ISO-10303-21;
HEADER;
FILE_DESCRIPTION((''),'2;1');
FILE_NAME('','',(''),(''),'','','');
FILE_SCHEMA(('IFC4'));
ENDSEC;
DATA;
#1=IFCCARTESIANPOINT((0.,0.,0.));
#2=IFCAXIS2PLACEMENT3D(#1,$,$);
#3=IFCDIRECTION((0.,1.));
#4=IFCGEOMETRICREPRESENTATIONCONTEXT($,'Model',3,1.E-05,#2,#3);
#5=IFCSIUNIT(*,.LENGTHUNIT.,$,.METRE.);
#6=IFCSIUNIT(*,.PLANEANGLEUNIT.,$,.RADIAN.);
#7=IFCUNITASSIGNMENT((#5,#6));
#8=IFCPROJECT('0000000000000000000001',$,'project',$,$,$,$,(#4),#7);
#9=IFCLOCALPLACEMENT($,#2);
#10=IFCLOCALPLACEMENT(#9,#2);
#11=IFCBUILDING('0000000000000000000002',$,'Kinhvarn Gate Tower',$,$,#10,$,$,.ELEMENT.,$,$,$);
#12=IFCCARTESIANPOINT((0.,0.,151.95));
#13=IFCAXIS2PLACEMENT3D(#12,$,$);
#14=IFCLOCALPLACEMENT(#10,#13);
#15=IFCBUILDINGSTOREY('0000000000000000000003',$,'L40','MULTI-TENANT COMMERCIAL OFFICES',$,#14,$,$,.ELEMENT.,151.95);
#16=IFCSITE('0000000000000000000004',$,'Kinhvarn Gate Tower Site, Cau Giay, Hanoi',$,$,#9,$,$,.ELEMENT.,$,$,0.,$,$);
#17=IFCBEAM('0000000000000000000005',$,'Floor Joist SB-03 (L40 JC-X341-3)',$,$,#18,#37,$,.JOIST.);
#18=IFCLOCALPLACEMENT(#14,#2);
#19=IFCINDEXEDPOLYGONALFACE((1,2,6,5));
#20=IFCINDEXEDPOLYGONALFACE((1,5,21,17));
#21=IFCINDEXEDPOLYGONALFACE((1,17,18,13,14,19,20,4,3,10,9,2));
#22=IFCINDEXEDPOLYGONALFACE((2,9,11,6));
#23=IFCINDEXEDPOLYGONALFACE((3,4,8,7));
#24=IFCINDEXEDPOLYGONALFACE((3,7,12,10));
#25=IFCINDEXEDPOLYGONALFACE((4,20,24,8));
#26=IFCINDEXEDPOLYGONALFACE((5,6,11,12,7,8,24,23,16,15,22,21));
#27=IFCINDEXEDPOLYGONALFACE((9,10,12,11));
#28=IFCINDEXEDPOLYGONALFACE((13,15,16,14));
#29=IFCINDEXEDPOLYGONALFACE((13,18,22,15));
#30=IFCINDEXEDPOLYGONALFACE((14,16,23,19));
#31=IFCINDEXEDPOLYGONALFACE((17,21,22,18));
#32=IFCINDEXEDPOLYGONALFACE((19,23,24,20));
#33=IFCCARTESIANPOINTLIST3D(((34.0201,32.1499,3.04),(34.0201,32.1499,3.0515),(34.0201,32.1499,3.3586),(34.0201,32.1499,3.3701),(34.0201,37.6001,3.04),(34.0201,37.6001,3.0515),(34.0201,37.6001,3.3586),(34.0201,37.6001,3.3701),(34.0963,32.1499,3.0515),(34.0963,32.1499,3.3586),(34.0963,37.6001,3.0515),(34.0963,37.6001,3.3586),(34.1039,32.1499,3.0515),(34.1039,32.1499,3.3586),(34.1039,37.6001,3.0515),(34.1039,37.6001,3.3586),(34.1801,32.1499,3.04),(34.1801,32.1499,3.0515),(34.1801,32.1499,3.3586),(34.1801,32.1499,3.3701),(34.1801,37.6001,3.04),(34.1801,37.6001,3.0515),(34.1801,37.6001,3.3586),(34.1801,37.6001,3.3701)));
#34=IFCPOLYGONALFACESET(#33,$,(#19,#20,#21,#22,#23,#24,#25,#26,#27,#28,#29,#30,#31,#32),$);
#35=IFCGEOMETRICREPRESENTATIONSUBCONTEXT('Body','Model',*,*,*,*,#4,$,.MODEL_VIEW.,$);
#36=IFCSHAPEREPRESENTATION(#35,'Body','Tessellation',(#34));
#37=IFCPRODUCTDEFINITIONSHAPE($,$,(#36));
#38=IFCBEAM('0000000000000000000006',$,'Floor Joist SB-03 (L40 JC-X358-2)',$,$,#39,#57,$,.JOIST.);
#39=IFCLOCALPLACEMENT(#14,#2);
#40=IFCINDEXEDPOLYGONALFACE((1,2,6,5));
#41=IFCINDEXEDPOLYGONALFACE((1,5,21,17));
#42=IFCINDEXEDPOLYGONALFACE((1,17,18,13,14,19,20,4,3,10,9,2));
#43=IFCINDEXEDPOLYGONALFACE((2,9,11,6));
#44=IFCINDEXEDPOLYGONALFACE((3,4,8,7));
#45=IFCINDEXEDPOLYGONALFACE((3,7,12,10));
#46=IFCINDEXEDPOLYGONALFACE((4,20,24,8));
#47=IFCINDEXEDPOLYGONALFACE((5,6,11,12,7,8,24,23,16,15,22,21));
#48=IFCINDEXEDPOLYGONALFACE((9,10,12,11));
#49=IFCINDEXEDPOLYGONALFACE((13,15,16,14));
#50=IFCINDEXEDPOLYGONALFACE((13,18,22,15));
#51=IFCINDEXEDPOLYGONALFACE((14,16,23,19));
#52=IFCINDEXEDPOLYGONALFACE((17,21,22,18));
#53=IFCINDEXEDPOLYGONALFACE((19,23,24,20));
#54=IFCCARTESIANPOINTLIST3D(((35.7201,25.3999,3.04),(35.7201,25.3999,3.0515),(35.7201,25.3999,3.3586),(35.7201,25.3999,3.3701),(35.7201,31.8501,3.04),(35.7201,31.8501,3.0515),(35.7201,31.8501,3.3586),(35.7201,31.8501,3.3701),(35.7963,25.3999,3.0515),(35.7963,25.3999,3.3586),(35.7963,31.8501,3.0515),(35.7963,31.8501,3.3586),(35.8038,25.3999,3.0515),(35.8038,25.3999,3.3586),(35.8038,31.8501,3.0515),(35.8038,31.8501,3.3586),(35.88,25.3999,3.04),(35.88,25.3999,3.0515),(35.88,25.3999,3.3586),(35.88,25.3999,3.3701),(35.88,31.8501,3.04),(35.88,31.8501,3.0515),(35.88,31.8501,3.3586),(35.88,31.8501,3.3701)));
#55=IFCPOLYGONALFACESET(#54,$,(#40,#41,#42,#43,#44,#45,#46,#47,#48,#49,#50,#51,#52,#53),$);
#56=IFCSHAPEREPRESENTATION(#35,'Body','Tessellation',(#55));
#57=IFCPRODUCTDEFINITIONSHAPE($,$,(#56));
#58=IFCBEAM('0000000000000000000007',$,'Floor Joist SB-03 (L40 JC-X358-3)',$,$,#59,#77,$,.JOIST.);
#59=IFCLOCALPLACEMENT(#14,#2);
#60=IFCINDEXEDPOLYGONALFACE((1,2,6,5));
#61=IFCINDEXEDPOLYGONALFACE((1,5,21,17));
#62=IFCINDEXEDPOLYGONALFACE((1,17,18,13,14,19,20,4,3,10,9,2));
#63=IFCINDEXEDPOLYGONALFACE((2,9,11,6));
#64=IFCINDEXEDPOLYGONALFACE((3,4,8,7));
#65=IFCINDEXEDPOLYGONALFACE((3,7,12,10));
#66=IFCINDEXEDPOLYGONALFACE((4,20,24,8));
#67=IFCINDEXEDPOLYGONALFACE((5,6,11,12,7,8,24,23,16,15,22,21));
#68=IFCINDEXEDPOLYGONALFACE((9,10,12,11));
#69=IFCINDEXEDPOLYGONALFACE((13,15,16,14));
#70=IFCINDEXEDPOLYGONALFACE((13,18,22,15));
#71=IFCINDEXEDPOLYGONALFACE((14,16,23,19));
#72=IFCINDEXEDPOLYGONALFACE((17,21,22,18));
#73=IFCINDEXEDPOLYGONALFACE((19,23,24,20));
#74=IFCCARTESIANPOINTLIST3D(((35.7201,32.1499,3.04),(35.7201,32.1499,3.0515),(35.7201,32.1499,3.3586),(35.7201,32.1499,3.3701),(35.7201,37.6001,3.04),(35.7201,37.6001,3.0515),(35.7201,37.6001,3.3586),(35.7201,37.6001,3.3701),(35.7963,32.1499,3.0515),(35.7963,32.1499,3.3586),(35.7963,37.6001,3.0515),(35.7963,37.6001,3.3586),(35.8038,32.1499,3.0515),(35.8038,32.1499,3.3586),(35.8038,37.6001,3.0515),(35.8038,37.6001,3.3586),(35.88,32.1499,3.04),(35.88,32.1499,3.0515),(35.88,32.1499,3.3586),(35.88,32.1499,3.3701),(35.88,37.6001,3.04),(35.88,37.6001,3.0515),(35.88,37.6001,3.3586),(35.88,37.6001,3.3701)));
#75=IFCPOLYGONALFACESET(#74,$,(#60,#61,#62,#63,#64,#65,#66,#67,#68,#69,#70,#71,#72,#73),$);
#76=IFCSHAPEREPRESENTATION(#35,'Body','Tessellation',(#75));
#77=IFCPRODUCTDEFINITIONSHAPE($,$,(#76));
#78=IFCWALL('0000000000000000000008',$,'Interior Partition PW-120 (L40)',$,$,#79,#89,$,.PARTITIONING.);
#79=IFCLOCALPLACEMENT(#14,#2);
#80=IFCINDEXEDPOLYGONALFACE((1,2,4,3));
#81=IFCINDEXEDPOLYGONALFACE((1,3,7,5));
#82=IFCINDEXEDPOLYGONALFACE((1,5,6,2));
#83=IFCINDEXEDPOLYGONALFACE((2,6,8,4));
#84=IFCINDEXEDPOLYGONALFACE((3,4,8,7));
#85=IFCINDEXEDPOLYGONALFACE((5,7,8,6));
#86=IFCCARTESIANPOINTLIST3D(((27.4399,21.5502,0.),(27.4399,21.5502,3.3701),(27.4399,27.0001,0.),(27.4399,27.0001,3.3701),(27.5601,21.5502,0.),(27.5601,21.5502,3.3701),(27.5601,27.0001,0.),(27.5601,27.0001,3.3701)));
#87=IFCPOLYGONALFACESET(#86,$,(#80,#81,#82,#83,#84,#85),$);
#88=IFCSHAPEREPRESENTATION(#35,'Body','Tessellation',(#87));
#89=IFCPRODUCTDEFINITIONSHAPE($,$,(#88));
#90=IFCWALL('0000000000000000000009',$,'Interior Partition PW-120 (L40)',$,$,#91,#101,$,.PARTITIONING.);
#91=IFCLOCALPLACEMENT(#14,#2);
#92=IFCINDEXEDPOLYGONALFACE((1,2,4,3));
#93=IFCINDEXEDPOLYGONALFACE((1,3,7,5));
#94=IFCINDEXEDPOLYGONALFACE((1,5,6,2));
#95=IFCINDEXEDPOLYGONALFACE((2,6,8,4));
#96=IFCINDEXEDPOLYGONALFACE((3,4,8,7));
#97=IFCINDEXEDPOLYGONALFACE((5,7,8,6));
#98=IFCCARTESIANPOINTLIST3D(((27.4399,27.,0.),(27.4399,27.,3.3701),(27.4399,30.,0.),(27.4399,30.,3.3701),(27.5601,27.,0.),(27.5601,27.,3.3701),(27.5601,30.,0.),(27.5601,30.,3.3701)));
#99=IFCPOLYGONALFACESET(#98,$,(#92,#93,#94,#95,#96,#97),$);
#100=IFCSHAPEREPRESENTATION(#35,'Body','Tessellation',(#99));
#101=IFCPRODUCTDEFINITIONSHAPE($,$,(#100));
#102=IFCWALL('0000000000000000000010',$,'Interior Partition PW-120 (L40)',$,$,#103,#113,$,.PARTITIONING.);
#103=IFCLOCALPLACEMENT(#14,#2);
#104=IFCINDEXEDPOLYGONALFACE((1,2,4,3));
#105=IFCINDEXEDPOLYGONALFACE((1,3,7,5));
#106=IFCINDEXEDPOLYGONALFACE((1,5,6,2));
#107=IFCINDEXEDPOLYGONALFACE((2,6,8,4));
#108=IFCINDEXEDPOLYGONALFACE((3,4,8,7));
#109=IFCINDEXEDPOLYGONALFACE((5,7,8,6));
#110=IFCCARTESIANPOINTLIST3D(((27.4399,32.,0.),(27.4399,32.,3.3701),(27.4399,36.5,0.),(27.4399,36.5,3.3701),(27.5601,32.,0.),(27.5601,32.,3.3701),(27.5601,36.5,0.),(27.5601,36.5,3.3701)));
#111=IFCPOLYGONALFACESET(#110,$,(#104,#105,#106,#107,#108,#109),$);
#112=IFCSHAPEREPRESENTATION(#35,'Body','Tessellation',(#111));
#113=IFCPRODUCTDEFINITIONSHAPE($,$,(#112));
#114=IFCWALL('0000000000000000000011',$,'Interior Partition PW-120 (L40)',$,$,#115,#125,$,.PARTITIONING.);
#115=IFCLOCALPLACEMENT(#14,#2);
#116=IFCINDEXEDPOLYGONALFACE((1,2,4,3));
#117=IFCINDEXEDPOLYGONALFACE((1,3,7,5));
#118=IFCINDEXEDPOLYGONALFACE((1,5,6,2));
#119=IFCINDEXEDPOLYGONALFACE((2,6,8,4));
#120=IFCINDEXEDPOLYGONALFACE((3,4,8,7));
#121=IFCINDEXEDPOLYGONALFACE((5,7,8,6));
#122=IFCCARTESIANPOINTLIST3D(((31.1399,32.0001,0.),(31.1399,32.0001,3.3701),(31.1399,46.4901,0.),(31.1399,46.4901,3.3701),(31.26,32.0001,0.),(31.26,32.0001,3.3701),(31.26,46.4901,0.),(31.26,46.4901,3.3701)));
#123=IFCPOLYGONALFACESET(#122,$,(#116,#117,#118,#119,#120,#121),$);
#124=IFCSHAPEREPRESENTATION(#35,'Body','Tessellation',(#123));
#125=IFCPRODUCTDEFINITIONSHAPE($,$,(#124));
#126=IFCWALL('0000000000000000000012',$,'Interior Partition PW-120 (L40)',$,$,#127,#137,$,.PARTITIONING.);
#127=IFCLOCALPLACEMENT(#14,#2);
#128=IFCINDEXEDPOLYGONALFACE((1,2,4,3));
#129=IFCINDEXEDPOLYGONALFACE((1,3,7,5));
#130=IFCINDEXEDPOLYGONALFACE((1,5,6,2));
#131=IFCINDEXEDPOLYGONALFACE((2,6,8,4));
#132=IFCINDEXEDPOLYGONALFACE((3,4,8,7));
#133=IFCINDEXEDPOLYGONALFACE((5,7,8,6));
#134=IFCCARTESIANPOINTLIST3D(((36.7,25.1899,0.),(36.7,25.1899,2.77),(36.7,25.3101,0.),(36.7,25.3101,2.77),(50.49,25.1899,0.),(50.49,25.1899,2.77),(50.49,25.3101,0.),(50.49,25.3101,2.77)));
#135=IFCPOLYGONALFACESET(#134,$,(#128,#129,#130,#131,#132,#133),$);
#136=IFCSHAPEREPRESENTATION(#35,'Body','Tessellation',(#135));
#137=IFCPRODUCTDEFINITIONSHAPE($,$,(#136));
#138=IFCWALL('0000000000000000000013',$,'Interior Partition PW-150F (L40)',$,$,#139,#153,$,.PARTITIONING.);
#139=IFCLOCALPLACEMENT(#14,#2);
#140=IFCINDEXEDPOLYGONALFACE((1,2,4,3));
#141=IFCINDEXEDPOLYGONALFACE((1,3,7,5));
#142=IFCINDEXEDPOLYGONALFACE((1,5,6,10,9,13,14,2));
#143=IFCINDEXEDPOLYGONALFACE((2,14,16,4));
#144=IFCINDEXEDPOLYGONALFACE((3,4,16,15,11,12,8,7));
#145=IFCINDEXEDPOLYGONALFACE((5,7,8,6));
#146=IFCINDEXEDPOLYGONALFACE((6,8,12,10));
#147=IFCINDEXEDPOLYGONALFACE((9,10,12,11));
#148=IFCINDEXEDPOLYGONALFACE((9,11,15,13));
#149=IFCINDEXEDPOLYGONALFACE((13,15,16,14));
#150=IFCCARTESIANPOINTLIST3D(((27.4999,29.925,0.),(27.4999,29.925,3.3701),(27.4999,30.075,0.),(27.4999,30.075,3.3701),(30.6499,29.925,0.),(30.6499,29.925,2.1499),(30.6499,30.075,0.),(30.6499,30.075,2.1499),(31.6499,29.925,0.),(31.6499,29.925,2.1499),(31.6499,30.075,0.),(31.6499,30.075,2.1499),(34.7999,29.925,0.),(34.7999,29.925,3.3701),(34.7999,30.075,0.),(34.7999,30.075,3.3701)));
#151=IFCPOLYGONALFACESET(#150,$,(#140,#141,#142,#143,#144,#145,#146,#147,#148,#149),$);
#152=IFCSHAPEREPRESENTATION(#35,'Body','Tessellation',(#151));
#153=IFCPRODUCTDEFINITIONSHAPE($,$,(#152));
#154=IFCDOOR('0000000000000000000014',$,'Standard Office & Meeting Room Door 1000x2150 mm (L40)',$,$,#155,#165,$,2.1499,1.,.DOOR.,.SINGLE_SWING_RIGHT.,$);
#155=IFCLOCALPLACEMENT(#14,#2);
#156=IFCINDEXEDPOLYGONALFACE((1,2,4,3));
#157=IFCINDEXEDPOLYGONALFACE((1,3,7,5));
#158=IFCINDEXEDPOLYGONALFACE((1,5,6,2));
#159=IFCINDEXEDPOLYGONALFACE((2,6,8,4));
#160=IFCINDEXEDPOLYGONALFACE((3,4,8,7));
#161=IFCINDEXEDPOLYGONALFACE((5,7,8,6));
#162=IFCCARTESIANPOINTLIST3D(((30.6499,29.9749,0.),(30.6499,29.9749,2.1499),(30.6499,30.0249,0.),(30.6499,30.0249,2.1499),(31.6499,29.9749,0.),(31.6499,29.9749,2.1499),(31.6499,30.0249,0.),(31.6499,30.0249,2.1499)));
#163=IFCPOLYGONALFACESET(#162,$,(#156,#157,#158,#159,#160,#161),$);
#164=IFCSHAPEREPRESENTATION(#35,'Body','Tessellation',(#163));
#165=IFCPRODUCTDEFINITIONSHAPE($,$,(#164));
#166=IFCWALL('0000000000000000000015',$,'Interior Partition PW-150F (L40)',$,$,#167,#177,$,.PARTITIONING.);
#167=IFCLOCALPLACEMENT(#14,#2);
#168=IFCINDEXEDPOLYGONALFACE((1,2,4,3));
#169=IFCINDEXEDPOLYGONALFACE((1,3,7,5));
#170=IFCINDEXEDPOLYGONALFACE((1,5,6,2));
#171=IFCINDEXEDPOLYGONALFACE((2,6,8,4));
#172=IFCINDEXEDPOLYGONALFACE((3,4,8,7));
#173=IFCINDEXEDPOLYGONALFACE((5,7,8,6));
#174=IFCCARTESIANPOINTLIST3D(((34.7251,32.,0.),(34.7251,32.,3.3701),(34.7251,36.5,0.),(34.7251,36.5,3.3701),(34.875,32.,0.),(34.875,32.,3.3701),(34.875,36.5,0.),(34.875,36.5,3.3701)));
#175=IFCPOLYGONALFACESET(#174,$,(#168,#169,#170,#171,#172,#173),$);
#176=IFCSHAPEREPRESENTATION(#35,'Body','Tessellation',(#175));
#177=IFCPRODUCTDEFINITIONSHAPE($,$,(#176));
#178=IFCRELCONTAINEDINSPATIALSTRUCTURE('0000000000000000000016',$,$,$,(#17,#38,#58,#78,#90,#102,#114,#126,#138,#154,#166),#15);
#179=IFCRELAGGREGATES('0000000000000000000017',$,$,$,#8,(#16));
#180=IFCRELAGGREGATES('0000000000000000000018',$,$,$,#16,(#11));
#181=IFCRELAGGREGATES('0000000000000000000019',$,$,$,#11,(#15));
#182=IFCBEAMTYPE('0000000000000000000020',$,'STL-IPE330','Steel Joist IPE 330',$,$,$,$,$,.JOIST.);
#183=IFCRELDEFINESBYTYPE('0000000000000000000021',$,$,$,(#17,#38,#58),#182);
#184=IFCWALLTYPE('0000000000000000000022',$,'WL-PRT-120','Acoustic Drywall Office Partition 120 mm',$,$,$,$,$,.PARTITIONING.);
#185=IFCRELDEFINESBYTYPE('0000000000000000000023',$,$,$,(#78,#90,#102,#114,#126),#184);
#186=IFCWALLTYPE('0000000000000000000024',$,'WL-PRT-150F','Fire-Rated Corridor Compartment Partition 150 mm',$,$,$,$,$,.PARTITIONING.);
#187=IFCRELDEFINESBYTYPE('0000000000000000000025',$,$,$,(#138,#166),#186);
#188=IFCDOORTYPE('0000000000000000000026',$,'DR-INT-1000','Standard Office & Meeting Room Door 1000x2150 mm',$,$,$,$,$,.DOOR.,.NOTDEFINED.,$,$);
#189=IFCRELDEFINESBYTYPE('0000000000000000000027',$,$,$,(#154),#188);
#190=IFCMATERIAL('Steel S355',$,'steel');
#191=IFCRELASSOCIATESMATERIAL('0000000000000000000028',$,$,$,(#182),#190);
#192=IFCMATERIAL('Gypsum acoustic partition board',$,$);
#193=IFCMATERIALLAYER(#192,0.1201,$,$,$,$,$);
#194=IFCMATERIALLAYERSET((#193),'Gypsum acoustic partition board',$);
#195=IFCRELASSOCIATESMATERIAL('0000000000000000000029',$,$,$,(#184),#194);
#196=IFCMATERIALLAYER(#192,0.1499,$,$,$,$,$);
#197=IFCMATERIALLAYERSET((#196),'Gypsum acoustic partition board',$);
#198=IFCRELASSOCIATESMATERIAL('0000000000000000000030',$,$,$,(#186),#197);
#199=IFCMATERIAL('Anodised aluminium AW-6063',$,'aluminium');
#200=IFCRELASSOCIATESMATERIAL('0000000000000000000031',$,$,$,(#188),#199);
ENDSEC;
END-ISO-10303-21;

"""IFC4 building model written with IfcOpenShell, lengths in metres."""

from ifc_helpers import new_model, si_unit, direction, frame, frame_2d, origin, origin_2d, place, context, subcontext, project, spatial, rectangle, i_section, extrude, material, layer, layer_set, material_profile, profile_set, type_object, element, fill, save


model = new_model("IFC4")

# Units and contexts
model_context = context("Model", 3, precision=1e-05, world=origin(), true_north=direction((0.0, 1.0)))
body_context = subcontext(model_context, "Body", "Model", "MODEL_VIEW")
ifc_project = project(units=[si_unit("LENGTHUNIT", "METRE"), si_unit("PLANEANGLEUNIT", "RADIAN")], contexts=[model_context])

# Site, building, storey
site_placement = place(None, origin())
site = spatial("IfcSite", under=ifc_project, at=site_placement, Name="Kinhvarn Gate Tower Site, Cau Giay, Hanoi", CompositionType="ELEMENT", RefElevation=0.0)
building_placement = place(site_placement, origin())
building = spatial("IfcBuilding", under=site, at=building_placement, Name="Kinhvarn Gate Tower", CompositionType="ELEMENT")
storey_placement = place(building_placement, frame((0.0, 0.0, 151.95)))
storey = spatial("IfcBuildingStorey", under=building, at=storey_placement, Name="L40", Description="MULTI-TENANT COMMERCIAL OFFICES", CompositionType="ELEMENT", Elevation=151.95)

# Beams
ifc_material_1 = material(Name="Steel S355", Category="steel")
ifc_material_profile = material_profile(ifc_material_1, i_section(OverallWidth=0.1599, OverallDepth=0.3301, WebThickness=0.0076, FlangeThickness=0.0115, at=origin_2d()), Name="IPE 330")
ifc_profile_set = profile_set([ifc_material_profile], Name="Steel S355")
beam_type = type_object("IfcBeamType", Name="STL-IPE330", Description="Steel Joist IPE 330", PredefinedType="JOIST", material=ifc_profile_set)
beam_1_placement = place(storey_placement, frame((34.1001, 32.1499, 3.2051), z_axis=(0.0, 1.0, 0.0), x_axis=(-1.0, 0.0, 0.0)))
element("IfcBeam", 1, at=beam_1_placement, inside=storey, type_object=beam_type, Name="Floor Joist SB-03 (L40 JC-X341-3)", PredefinedType="JOIST", context=body_context, shape_type="SweptSolid", body=[
    extrude(i_section(OverallWidth=0.1599, OverallDepth=0.3301, WebThickness=0.0076, FlangeThickness=0.0115, at=origin_2d()), origin(), (0.0, 0.0, 1.0), 5.4502),
])
beam_2_placement = place(storey_placement, frame((35.8, 25.3999, 3.2051), z_axis=(0.0, 1.0, 0.0), x_axis=(-1.0, 0.0, 0.0)))
element("IfcBeam", 2, at=beam_2_placement, inside=storey, type_object=beam_type, Name="Floor Joist SB-03 (L40 JC-X358-2)", PredefinedType="JOIST", context=body_context, shape_type="SweptSolid", body=[
    extrude(i_section(OverallWidth=0.1599, OverallDepth=0.3301, WebThickness=0.0076, FlangeThickness=0.0115, at=origin_2d()), origin(), (0.0, 0.0, 1.0), 6.4502),
])
beam_3_placement = place(storey_placement, frame((35.8, 32.1499, 3.2051), z_axis=(0.0, 1.0, 0.0), x_axis=(-1.0, 0.0, 0.0)))
element("IfcBeam", 3, at=beam_3_placement, inside=storey, type_object=beam_type, Name="Floor Joist SB-03 (L40 JC-X358-3)", PredefinedType="JOIST", context=body_context, shape_type="SweptSolid", body=[
    extrude(i_section(OverallWidth=0.1599, OverallDepth=0.3301, WebThickness=0.0076, FlangeThickness=0.0115, at=origin_2d()), origin(), (0.0, 0.0, 1.0), 5.4502),
])

# Walls
ifc_material_2 = material(Name="Gypsum acoustic partition board")
ifc_layer_1 = layer(ifc_material_2, 0.1201)
ifc_layer_set_1 = layer_set([ifc_layer_1], Name="Gypsum acoustic partition board")
wall_type_1 = type_object("IfcWallType", Name="WL-PRT-120", Description="Acoustic Drywall Office Partition 120 mm", PredefinedType="PARTITIONING", material=ifc_layer_set_1)
wall_1_placement = place(storey_placement, frame((27.5, 21.55, 0.0), z_axis=(0.0, 0.0, 1.0), x_axis=(0.0, 1.0, 0.0)))
element("IfcWall", 4, at=wall_1_placement, inside=storey, type_object=wall_type_1, Name="Interior Partition PW-120 (L40)", PredefinedType="PARTITIONING", context=body_context, shape_type="SweptSolid", body=[
    extrude(rectangle(XDim=5.45, YDim=0.1201, at=frame_2d((2.7251, 0.0))), origin(), (0.0, 0.0, 1.0), 3.3701),
])
wall_2_placement = place(storey_placement, frame((27.5, 27.0, 0.0), z_axis=(0.0, 0.0, 1.0), x_axis=(0.0, 1.0, 0.0)))
element("IfcWall", 5, at=wall_2_placement, inside=storey, type_object=wall_type_1, Name="Interior Partition PW-120 (L40)", PredefinedType="PARTITIONING", context=body_context, shape_type="SweptSolid", body=[
    extrude(rectangle(XDim=3.0, YDim=0.1201, at=frame_2d((1.5, 0.0))), origin(), (0.0, 0.0, 1.0), 3.3701),
])
wall_3_placement = place(storey_placement, frame((27.5, 32.0, 0.0), z_axis=(0.0, 0.0, 1.0), x_axis=(0.0, 1.0, 0.0)))
element("IfcWall", 6, at=wall_3_placement, inside=storey, type_object=wall_type_1, Name="Interior Partition PW-120 (L40)", PredefinedType="PARTITIONING", context=body_context, shape_type="SweptSolid", body=[
    extrude(rectangle(XDim=4.5, YDim=0.1201, at=frame_2d((2.25, 0.0))), origin(), (0.0, 0.0, 1.0), 3.3701),
])
wall_4_placement = place(storey_placement, frame((31.2, 32.0, 0.0), z_axis=(0.0, 0.0, 1.0), x_axis=(0.0, 1.0, 0.0)))
element("IfcWall", 7, at=wall_4_placement, inside=storey, type_object=wall_type_1, Name="Interior Partition PW-120 (L40)", PredefinedType="PARTITIONING", context=body_context, shape_type="SweptSolid", body=[
    extrude(rectangle(XDim=14.49, YDim=0.1201, at=frame_2d((7.2451, 0.0))), origin(), (0.0, 0.0, 1.0), 3.3701),
])
wall_5_placement = place(storey_placement, frame((36.7, 25.25, 0.0), z_axis=(0.0, 0.0, 1.0), x_axis=(1.0, 0.0, 0.0)))
element("IfcWall", 8, at=wall_5_placement, inside=storey, type_object=wall_type_1, Name="Interior Partition PW-120 (L40)", PredefinedType="PARTITIONING", context=body_context, shape_type="SweptSolid", body=[
    extrude(rectangle(XDim=13.79, YDim=0.1201, at=frame_2d((6.895, 0.0))), origin(), (0.0, 0.0, 1.0), 2.77),
])

# Wall, opening, door
ifc_layer_2 = layer(ifc_material_2, 0.1499)
ifc_layer_set_2 = layer_set([ifc_layer_2], Name="Gypsum acoustic partition board")
wall_type_2 = type_object("IfcWallType", Name="WL-PRT-150F", Description="Fire-Rated Corridor Compartment Partition 150 mm", PredefinedType="PARTITIONING", material=ifc_layer_set_2)
wall_6_placement = place(storey_placement, frame((27.5, 30.0, 0.0), z_axis=(0.0, 0.0, 1.0), x_axis=(1.0, 0.0, 0.0)))
wall_6 = element("IfcWall", 9, at=wall_6_placement, inside=storey, type_object=wall_type_2, Name="Interior Partition PW-150F (L40)", PredefinedType="PARTITIONING", context=body_context, shape_type="SweptSolid", body=[
    extrude(rectangle(XDim=7.3, YDim=0.1499, at=frame_2d((3.6499, 0.0))), origin(), (0.0, 0.0, 1.0), 3.3701),
])
opening_1_placement = place(wall_6_placement, frame((3.1499, 0.0, 0.0)))
opening_1 = element("IfcOpeningElement", 10, at=opening_1_placement, cuts=wall_6, PredefinedType="OPENING", context=body_context, shape_type="SweptSolid", body=[
    extrude(rectangle(XDim=1.0, YDim=2.1499, at=frame_2d((0.5, 1.075))), frame((0.0, 0.085, 0.0), z_axis=(0.0, -1.0, 0.0), x_axis=(1.0, 0.0, 0.0)), (0.0, 0.0, 1.0), 0.1699),
])
ifc_material_3 = material(Name="Anodised aluminium AW-6063", Category="aluminium")
door_type = type_object("IfcDoorType", Name="DR-INT-1000", Description="Standard Office & Meeting Room Door 1000x2150 mm", OperationType="NOTDEFINED", PredefinedType="DOOR", material=ifc_material_3)
door_1_placement = place(opening_1_placement, origin())
door_1 = element("IfcDoor", 11, at=door_1_placement, inside=storey, type_object=door_type, Name="Standard Office & Meeting Room Door 1000x2150 mm (L40)", OperationType="SINGLE_SWING_RIGHT", OverallHeight=2.1499, OverallWidth=1.0, PredefinedType="DOOR", context=body_context, shape_type="SweptSolid", body=[
    extrude(rectangle(XDim=1.0, YDim=2.1499, at=frame_2d((0.5, 1.075))), frame((0.0, 0.0249, 0.0), z_axis=(0.0, -1.0, 0.0), x_axis=(1.0, 0.0, 0.0)), (0.0, 0.0, 1.0), 0.05),
])
fill(opening_1, door_1)

# Wall
wall_7_placement = place(storey_placement, frame((34.8, 32.0, 0.0), z_axis=(0.0, 0.0, 1.0), x_axis=(0.0, 1.0, 0.0)))
element("IfcWall", 12, at=wall_7_placement, inside=storey, type_object=wall_type_2, Name="Interior Partition PW-150F (L40)", PredefinedType="PARTITIONING", context=body_context, shape_type="SweptSolid", body=[
    extrude(rectangle(XDim=4.5, YDim=0.1499, at=frame_2d((2.25, 0.0))), origin(), (0.0, 0.0, 1.0), 3.3701),
])

save(model, "model.ifc")
